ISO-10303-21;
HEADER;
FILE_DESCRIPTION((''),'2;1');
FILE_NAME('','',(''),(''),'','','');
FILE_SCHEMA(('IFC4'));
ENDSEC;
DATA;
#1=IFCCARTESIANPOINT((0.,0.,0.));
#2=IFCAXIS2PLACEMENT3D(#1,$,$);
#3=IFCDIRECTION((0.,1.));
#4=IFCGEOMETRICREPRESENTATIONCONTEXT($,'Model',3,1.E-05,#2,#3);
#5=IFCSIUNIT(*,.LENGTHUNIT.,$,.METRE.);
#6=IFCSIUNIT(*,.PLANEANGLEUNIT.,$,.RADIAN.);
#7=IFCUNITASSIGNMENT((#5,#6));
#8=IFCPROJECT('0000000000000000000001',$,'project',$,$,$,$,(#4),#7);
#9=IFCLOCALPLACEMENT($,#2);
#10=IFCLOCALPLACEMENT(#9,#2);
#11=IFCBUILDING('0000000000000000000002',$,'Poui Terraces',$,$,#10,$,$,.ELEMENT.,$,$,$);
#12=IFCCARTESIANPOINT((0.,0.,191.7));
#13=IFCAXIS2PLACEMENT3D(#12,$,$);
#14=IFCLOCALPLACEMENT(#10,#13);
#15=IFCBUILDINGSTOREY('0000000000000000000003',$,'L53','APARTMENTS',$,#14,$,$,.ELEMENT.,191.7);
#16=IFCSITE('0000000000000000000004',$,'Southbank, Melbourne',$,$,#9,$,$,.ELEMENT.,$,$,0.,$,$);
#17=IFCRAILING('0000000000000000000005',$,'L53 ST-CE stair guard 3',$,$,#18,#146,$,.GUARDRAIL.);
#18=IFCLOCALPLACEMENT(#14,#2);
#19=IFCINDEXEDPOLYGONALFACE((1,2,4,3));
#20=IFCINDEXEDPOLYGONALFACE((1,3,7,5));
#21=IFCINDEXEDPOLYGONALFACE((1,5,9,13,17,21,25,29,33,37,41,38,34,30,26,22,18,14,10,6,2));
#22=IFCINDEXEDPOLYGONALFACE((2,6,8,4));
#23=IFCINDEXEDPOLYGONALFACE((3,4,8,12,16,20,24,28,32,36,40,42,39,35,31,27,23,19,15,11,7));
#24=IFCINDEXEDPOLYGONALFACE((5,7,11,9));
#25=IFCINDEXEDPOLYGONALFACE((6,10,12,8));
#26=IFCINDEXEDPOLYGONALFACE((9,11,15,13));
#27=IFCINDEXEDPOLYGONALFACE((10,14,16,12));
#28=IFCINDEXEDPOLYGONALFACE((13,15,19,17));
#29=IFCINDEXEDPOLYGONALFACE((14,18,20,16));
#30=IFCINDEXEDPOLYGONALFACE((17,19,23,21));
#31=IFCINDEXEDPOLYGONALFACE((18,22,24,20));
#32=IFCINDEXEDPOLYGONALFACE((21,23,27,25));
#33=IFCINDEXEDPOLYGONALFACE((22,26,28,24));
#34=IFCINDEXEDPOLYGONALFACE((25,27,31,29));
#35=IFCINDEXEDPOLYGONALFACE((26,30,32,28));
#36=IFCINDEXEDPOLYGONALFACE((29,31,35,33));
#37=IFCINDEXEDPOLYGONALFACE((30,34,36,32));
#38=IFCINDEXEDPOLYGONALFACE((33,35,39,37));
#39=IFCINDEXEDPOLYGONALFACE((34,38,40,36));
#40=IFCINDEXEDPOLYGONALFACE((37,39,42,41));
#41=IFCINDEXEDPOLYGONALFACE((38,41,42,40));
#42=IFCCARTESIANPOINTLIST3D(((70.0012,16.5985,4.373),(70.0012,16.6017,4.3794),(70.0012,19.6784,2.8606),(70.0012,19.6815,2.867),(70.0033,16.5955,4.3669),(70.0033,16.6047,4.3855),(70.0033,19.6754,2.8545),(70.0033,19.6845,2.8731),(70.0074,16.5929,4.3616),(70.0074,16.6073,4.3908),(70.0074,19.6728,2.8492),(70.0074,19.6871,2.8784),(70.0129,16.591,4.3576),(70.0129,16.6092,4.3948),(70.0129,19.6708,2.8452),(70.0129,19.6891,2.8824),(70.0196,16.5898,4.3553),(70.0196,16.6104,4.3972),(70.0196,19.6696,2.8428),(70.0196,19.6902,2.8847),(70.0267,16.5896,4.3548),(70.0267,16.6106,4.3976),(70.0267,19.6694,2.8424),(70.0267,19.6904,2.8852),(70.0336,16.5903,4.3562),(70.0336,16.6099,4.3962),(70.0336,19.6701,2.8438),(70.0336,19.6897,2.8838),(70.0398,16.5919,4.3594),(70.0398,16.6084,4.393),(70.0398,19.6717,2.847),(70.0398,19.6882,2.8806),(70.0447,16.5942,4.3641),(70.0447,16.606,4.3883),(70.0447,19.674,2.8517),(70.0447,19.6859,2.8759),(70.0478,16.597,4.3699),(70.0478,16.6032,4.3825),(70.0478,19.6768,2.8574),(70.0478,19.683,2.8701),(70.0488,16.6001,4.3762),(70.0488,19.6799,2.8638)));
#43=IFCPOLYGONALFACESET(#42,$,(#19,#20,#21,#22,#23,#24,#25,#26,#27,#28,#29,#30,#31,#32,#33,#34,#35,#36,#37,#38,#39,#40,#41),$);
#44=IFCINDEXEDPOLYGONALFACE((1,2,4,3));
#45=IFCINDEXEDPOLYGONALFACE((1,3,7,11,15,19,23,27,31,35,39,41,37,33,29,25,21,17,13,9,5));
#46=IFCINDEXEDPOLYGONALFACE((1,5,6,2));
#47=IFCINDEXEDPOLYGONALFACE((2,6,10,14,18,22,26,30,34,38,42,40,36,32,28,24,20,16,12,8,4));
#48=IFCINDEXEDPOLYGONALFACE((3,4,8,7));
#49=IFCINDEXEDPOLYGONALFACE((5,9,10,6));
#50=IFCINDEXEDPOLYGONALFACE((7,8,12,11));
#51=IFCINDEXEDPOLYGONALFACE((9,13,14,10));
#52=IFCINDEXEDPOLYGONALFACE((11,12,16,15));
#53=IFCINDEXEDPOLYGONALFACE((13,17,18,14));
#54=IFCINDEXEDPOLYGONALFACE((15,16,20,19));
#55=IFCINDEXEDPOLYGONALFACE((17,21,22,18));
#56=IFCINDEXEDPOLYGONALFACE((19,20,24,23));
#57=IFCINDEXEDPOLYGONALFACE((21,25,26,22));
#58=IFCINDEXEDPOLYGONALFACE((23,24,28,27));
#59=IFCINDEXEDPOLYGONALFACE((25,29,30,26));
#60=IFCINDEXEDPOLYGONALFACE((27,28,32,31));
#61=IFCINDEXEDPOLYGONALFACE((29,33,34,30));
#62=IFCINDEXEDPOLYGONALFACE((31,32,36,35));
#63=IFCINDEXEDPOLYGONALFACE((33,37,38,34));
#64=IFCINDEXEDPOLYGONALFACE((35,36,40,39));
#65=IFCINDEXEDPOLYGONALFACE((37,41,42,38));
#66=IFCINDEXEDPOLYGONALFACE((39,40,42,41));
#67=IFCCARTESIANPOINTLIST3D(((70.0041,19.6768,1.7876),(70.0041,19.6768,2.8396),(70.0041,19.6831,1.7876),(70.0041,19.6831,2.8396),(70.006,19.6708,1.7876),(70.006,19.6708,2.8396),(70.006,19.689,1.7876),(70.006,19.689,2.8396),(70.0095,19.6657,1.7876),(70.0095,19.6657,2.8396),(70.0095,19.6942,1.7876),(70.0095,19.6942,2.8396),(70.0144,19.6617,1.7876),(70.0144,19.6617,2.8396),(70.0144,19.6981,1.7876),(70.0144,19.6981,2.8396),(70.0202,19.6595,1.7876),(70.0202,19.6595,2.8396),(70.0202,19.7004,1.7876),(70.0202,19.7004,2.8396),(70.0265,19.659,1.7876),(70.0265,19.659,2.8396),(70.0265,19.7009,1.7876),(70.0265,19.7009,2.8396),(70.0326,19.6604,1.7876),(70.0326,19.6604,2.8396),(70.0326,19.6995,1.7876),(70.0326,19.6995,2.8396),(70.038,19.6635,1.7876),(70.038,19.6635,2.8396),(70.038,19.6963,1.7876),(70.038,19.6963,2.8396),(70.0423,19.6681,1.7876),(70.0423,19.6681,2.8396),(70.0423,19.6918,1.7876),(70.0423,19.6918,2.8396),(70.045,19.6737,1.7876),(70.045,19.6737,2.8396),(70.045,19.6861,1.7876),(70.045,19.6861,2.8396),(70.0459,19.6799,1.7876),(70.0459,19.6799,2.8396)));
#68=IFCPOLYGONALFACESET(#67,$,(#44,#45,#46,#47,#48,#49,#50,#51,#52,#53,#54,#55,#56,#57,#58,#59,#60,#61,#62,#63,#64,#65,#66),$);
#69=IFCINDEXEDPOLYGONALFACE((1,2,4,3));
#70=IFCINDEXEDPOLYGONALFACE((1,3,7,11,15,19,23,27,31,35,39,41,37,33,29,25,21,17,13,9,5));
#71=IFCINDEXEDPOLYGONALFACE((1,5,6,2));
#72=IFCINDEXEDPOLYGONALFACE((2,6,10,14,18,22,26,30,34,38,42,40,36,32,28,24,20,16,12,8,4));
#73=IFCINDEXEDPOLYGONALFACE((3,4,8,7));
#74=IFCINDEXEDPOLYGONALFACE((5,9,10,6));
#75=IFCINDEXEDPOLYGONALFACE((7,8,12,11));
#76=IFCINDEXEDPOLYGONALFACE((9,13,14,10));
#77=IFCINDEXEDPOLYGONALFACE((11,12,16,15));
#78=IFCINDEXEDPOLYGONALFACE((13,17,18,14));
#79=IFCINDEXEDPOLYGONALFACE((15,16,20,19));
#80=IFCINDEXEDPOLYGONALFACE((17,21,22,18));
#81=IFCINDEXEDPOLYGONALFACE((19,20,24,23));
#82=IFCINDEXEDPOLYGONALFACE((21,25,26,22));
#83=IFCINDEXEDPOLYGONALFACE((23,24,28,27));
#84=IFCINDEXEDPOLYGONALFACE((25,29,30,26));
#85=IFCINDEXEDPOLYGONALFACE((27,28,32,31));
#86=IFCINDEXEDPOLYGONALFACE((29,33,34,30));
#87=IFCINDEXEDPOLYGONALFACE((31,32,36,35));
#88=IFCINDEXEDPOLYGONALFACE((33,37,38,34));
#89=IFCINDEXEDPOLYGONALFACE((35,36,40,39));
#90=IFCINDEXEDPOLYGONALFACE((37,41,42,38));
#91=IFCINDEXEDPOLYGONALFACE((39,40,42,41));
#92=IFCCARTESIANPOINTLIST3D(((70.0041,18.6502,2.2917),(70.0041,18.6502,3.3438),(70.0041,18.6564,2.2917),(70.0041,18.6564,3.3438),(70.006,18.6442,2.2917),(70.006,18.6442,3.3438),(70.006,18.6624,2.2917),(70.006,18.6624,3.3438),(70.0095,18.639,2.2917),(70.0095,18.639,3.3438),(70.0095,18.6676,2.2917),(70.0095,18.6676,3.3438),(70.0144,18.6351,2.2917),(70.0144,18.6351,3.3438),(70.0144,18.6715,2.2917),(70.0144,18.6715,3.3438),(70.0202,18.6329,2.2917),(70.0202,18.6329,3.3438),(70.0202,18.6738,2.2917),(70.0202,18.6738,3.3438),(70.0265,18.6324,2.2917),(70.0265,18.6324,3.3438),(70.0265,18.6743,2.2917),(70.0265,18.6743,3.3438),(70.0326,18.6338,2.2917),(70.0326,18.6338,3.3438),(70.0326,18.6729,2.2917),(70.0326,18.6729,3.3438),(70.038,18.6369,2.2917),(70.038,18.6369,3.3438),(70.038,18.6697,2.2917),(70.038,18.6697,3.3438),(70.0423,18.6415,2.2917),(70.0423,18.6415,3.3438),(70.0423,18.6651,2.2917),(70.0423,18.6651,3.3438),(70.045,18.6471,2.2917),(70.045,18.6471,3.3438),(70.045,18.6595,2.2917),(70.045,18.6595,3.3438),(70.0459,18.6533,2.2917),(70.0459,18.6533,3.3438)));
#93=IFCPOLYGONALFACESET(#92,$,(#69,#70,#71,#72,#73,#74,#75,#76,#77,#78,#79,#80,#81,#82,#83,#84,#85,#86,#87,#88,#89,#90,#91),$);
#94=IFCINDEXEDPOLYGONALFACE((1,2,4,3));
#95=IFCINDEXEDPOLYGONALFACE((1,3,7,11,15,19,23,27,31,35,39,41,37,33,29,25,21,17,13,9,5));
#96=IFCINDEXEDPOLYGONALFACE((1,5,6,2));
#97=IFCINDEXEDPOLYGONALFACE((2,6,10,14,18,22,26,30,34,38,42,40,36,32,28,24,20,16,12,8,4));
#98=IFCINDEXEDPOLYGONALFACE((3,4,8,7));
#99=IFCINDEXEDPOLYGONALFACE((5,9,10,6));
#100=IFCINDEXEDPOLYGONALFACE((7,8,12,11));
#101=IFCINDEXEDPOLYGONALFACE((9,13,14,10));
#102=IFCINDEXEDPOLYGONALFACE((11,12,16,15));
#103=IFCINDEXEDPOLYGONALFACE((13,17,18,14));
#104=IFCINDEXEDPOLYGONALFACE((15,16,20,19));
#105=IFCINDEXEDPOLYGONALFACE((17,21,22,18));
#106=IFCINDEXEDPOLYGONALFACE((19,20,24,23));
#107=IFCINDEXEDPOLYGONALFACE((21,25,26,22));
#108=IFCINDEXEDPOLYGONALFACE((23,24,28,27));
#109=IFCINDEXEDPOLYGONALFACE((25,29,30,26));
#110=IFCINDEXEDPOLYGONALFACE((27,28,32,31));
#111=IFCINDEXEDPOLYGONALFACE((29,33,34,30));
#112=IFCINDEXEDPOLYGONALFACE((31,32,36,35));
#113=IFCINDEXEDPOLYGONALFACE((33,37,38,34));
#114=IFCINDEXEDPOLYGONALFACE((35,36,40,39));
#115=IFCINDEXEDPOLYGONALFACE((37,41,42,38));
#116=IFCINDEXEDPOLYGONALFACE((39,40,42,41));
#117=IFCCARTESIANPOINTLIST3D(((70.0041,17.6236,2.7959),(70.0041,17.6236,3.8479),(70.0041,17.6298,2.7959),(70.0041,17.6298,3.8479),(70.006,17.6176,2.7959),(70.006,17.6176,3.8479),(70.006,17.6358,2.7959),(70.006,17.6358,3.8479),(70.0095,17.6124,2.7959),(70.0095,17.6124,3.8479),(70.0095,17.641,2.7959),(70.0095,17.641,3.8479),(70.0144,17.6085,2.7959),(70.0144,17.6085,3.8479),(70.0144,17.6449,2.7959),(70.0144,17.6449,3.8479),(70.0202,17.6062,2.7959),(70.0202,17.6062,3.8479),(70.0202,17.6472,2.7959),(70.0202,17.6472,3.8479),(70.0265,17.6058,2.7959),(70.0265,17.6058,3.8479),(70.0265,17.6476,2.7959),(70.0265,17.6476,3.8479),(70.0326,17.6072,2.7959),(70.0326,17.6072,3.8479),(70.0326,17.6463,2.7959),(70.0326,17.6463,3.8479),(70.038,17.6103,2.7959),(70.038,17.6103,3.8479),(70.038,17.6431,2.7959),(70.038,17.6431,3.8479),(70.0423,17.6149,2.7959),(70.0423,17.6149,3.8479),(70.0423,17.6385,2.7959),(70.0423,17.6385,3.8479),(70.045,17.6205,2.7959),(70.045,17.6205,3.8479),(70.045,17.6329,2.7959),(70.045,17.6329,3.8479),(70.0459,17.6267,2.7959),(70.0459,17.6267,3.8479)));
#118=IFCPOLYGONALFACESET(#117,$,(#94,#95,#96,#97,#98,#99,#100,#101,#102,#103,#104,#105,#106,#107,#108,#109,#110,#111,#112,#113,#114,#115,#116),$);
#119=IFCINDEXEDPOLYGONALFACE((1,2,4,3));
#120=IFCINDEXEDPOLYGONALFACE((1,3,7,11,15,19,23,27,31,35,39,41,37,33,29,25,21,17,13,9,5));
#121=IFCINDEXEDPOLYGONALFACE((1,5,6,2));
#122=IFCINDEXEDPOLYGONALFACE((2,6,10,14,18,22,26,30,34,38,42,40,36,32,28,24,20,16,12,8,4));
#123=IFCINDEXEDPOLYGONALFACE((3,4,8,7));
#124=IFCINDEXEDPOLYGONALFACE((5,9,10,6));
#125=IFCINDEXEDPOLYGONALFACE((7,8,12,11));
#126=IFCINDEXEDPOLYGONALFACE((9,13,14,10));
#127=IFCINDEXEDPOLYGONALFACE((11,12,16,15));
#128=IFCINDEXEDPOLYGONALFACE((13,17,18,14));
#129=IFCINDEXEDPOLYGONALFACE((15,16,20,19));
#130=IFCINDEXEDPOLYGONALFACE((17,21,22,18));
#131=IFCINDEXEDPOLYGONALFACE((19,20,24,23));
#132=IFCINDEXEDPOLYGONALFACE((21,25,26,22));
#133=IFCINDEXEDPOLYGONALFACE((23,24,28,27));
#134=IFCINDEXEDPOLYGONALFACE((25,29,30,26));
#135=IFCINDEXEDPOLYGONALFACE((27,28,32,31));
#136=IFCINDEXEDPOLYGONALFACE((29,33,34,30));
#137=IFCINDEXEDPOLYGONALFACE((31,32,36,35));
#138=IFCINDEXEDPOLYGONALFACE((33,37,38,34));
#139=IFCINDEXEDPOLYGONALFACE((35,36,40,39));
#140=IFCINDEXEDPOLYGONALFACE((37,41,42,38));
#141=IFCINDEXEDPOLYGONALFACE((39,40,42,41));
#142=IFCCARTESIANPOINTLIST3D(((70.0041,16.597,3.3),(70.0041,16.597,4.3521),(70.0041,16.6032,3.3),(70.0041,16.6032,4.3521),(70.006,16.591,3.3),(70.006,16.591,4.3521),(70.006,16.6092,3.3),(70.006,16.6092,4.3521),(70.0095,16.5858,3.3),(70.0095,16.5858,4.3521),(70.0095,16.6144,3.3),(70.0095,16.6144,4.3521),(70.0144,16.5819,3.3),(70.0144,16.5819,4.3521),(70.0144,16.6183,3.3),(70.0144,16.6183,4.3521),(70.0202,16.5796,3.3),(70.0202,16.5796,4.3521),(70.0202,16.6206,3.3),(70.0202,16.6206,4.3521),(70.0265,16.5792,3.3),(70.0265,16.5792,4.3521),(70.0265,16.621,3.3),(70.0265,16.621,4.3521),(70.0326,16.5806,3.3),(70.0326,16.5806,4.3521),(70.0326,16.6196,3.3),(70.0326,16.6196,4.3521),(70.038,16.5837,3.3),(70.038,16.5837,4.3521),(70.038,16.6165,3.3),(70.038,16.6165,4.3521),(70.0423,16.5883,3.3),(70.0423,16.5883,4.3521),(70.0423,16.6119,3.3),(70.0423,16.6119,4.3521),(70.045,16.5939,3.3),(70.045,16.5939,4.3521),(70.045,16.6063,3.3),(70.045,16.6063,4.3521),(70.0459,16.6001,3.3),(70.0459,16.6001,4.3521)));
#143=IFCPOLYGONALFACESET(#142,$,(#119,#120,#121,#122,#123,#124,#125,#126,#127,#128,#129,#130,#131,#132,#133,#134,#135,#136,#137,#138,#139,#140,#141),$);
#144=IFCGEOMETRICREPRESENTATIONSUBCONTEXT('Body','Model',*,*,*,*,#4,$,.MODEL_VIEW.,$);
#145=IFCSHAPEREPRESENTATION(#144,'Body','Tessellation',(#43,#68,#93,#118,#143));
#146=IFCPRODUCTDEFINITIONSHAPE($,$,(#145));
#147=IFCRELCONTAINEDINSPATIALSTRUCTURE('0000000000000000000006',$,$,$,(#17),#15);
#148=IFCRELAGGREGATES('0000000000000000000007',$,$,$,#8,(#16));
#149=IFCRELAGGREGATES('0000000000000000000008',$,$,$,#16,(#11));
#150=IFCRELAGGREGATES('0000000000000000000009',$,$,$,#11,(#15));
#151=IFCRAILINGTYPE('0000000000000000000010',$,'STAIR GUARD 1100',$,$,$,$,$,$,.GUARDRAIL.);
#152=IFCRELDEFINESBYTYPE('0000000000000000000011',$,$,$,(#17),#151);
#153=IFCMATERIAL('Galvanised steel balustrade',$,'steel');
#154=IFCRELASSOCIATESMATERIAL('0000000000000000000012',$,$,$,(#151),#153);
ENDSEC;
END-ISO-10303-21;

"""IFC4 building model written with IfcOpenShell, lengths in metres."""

from ifc_helpers import new_model, si_unit, direction, frame, origin, origin_2d, place, context, subcontext, project, spatial, circle, extrude, material, type_object, element, save


model = new_model("IFC4")

# Units and contexts
model_context = context("Model", 3, precision=1e-05, world=origin(), true_north=direction((0.0, 1.0)))
body_context = subcontext(model_context, "Body", "Model", "MODEL_VIEW")
ifc_project = project(units=[si_unit("LENGTHUNIT", "METRE"), si_unit("PLANEANGLEUNIT", "RADIAN")], contexts=[model_context])

# Site, building, storey
site_placement = place(None, origin())
site = spatial("IfcSite", under=ifc_project, at=site_placement, Name="Southbank, Melbourne", CompositionType="ELEMENT", RefElevation=0.0)
building_placement = place(site_placement, origin())
building = spatial("IfcBuilding", under=site, at=building_placement, Name="Poui Terraces", CompositionType="ELEMENT")
storey_placement = place(building_placement, frame((0.0, 0.0, 191.7)))
storey = spatial("IfcBuildingStorey", under=building, at=storey_placement, Name="L53", Description="APARTMENTS", CompositionType="ELEMENT", Elevation=191.7)

# Railing
ifc_material_1 = material(Name="Galvanised steel balustrade", Category="steel")
railing_type_1 = type_object("IfcRailingType", Name="STAIR GUARD 1100", PredefinedType="GUARDRAIL", material=ifc_material_1)
railing_1_placement = place(storey_placement, frame((70.0249, 19.6799, 1.7876)))
element("IfcRailing", 1, at=railing_1_placement, inside=storey, type_object=railing_type_1, Name="L53 ST-CE stair guard 3", PredefinedType="GUARDRAIL", context=body_context, shape_type="SweptSolid", body=[
    extrude(circle(Radius=0.0239, at=origin_2d()), frame((0.0, 0.0, 1.0762), z_axis=(0.0, -0.897606, 0.440798), x_axis=(1.0, 0.0, 0.0)), (0.0, 0.0, 1.0), 3.4312),
    extrude(circle(Radius=0.021, at=origin_2d()), origin(), (0.0, 0.0, 1.0), 1.052),
    extrude(circle(Radius=0.021, at=origin_2d()), frame((0.0, -1.0266, 0.5042)), (0.0, 0.0, 1.0), 1.052),
    extrude(circle(Radius=0.021, at=origin_2d()), frame((0.0, -2.0532, 1.0083)), (0.0, 0.0, 1.0), 1.052),
    extrude(circle(Radius=0.021, at=origin_2d()), frame((0.0, -3.0798, 1.5125)), (0.0, 0.0, 1.0), 1.052),
])

save(model, "model.ifc")
